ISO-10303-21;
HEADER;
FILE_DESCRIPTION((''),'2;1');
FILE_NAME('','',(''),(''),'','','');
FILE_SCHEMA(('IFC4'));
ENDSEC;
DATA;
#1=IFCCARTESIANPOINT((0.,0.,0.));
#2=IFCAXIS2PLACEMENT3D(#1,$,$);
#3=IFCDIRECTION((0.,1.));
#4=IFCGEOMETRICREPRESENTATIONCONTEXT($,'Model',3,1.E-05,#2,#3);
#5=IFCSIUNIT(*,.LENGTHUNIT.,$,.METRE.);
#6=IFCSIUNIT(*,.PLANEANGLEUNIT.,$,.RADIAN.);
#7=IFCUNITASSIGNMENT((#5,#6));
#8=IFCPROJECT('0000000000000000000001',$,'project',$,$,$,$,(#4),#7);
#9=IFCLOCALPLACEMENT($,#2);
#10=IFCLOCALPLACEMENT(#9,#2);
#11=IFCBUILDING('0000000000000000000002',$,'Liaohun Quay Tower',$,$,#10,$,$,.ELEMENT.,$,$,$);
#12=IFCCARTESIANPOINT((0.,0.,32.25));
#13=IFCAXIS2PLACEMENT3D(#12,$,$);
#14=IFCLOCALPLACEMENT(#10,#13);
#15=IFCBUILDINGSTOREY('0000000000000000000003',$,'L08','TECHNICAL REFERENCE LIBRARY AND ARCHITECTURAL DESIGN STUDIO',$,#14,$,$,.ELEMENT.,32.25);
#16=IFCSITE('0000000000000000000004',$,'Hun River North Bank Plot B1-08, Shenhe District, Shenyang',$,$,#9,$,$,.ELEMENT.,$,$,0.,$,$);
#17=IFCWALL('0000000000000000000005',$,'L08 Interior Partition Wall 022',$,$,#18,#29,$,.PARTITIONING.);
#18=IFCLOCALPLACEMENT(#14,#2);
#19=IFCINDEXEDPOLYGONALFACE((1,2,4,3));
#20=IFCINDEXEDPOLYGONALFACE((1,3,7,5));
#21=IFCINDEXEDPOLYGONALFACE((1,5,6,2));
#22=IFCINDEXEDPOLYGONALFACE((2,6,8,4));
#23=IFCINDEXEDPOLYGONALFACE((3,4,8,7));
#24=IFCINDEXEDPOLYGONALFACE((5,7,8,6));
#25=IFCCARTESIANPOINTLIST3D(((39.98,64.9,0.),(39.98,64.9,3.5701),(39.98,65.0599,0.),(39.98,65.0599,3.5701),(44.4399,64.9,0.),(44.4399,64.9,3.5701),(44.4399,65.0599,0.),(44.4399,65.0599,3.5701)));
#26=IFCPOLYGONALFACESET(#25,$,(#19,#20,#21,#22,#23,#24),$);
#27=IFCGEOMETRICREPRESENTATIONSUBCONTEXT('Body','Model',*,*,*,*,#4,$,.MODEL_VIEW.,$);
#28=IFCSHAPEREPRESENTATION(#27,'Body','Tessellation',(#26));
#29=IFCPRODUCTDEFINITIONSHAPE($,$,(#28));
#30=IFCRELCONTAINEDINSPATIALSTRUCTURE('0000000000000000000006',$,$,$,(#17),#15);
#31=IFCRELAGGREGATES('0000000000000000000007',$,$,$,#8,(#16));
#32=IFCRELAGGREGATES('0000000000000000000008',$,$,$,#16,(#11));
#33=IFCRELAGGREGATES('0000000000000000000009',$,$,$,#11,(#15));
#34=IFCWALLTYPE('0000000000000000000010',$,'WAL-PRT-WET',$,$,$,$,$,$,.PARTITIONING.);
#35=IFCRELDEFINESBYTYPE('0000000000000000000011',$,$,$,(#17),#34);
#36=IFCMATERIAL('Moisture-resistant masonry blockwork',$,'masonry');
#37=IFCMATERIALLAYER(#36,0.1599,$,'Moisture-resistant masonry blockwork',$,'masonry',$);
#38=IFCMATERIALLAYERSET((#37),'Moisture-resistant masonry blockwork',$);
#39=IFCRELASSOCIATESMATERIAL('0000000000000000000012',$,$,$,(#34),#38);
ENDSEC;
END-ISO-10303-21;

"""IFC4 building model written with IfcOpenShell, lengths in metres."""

from ifc_helpers import new_model, si_unit, direction, frame, frame_2d, origin, place, context, subcontext, project, spatial, rectangle, extrude, material, layer, layer_set, type_object, element, save


model = new_model("IFC4")

# Units and contexts
model_context = context("Model", 3, precision=1e-05, world=origin(), true_north=direction((0.0, 1.0)))
body_context = subcontext(model_context, "Body", "Model", "MODEL_VIEW")
ifc_project = project(units=[si_unit("LENGTHUNIT", "METRE"), si_unit("PLANEANGLEUNIT", "RADIAN")], contexts=[model_context])

# Site, building, storey
site_placement = place(None, origin())
site = spatial("IfcSite", under=ifc_project, at=site_placement, Name="Hun River North Bank Plot B1-08, Shenhe District, Shenyang", CompositionType="ELEMENT", RefElevation=0.0)
building_placement = place(site_placement, origin())
building = spatial("IfcBuilding", under=site, at=building_placement, Name="Liaohun Quay Tower", CompositionType="ELEMENT")
storey_placement = place(building_placement, frame((0.0, 0.0, 32.25)))
storey = spatial("IfcBuildingStorey", under=building, at=storey_placement, Name="L08", Description="TECHNICAL REFERENCE LIBRARY AND ARCHITECTURAL DESIGN STUDIO", CompositionType="ELEMENT", Elevation=32.25)

# Shared definitions
ifc_material_1 = material(Name="Moisture-resistant masonry blockwork", Category="masonry")
ifc_layer_1 = layer(ifc_material_1, 0.1599, Name="Moisture-resistant masonry blockwork", Category="masonry")
ifc_layer_set_1 = layer_set([ifc_layer_1], Name="Moisture-resistant masonry blockwork")
wall_type_1 = type_object("IfcWallType", Name="WAL-PRT-WET", PredefinedType="PARTITIONING", material=ifc_layer_set_1)

# Wall
for number, where, z_axis, x_axis, name in (
    (1, (39.98, 64.98, 0.0), (0.0, 0.0, 1.0), (1.0, 0.0, 0.0), "L08 Interior Partition Wall 022"),
):
    element("IfcWall", number, at=place(storey_placement, frame(where, z_axis=z_axis, x_axis=x_axis)), inside=storey, type_object=wall_type_1, Name=name, PredefinedType="PARTITIONING", context=body_context, shape_type="SweptSolid", body=[
        extrude(rectangle(XDim=4.46, YDim=0.1599, at=frame_2d((2.23, 0.0))), origin(), (0.0, 0.0, 1.0), 3.5701),
    ])

save(model, "model.ifc")
